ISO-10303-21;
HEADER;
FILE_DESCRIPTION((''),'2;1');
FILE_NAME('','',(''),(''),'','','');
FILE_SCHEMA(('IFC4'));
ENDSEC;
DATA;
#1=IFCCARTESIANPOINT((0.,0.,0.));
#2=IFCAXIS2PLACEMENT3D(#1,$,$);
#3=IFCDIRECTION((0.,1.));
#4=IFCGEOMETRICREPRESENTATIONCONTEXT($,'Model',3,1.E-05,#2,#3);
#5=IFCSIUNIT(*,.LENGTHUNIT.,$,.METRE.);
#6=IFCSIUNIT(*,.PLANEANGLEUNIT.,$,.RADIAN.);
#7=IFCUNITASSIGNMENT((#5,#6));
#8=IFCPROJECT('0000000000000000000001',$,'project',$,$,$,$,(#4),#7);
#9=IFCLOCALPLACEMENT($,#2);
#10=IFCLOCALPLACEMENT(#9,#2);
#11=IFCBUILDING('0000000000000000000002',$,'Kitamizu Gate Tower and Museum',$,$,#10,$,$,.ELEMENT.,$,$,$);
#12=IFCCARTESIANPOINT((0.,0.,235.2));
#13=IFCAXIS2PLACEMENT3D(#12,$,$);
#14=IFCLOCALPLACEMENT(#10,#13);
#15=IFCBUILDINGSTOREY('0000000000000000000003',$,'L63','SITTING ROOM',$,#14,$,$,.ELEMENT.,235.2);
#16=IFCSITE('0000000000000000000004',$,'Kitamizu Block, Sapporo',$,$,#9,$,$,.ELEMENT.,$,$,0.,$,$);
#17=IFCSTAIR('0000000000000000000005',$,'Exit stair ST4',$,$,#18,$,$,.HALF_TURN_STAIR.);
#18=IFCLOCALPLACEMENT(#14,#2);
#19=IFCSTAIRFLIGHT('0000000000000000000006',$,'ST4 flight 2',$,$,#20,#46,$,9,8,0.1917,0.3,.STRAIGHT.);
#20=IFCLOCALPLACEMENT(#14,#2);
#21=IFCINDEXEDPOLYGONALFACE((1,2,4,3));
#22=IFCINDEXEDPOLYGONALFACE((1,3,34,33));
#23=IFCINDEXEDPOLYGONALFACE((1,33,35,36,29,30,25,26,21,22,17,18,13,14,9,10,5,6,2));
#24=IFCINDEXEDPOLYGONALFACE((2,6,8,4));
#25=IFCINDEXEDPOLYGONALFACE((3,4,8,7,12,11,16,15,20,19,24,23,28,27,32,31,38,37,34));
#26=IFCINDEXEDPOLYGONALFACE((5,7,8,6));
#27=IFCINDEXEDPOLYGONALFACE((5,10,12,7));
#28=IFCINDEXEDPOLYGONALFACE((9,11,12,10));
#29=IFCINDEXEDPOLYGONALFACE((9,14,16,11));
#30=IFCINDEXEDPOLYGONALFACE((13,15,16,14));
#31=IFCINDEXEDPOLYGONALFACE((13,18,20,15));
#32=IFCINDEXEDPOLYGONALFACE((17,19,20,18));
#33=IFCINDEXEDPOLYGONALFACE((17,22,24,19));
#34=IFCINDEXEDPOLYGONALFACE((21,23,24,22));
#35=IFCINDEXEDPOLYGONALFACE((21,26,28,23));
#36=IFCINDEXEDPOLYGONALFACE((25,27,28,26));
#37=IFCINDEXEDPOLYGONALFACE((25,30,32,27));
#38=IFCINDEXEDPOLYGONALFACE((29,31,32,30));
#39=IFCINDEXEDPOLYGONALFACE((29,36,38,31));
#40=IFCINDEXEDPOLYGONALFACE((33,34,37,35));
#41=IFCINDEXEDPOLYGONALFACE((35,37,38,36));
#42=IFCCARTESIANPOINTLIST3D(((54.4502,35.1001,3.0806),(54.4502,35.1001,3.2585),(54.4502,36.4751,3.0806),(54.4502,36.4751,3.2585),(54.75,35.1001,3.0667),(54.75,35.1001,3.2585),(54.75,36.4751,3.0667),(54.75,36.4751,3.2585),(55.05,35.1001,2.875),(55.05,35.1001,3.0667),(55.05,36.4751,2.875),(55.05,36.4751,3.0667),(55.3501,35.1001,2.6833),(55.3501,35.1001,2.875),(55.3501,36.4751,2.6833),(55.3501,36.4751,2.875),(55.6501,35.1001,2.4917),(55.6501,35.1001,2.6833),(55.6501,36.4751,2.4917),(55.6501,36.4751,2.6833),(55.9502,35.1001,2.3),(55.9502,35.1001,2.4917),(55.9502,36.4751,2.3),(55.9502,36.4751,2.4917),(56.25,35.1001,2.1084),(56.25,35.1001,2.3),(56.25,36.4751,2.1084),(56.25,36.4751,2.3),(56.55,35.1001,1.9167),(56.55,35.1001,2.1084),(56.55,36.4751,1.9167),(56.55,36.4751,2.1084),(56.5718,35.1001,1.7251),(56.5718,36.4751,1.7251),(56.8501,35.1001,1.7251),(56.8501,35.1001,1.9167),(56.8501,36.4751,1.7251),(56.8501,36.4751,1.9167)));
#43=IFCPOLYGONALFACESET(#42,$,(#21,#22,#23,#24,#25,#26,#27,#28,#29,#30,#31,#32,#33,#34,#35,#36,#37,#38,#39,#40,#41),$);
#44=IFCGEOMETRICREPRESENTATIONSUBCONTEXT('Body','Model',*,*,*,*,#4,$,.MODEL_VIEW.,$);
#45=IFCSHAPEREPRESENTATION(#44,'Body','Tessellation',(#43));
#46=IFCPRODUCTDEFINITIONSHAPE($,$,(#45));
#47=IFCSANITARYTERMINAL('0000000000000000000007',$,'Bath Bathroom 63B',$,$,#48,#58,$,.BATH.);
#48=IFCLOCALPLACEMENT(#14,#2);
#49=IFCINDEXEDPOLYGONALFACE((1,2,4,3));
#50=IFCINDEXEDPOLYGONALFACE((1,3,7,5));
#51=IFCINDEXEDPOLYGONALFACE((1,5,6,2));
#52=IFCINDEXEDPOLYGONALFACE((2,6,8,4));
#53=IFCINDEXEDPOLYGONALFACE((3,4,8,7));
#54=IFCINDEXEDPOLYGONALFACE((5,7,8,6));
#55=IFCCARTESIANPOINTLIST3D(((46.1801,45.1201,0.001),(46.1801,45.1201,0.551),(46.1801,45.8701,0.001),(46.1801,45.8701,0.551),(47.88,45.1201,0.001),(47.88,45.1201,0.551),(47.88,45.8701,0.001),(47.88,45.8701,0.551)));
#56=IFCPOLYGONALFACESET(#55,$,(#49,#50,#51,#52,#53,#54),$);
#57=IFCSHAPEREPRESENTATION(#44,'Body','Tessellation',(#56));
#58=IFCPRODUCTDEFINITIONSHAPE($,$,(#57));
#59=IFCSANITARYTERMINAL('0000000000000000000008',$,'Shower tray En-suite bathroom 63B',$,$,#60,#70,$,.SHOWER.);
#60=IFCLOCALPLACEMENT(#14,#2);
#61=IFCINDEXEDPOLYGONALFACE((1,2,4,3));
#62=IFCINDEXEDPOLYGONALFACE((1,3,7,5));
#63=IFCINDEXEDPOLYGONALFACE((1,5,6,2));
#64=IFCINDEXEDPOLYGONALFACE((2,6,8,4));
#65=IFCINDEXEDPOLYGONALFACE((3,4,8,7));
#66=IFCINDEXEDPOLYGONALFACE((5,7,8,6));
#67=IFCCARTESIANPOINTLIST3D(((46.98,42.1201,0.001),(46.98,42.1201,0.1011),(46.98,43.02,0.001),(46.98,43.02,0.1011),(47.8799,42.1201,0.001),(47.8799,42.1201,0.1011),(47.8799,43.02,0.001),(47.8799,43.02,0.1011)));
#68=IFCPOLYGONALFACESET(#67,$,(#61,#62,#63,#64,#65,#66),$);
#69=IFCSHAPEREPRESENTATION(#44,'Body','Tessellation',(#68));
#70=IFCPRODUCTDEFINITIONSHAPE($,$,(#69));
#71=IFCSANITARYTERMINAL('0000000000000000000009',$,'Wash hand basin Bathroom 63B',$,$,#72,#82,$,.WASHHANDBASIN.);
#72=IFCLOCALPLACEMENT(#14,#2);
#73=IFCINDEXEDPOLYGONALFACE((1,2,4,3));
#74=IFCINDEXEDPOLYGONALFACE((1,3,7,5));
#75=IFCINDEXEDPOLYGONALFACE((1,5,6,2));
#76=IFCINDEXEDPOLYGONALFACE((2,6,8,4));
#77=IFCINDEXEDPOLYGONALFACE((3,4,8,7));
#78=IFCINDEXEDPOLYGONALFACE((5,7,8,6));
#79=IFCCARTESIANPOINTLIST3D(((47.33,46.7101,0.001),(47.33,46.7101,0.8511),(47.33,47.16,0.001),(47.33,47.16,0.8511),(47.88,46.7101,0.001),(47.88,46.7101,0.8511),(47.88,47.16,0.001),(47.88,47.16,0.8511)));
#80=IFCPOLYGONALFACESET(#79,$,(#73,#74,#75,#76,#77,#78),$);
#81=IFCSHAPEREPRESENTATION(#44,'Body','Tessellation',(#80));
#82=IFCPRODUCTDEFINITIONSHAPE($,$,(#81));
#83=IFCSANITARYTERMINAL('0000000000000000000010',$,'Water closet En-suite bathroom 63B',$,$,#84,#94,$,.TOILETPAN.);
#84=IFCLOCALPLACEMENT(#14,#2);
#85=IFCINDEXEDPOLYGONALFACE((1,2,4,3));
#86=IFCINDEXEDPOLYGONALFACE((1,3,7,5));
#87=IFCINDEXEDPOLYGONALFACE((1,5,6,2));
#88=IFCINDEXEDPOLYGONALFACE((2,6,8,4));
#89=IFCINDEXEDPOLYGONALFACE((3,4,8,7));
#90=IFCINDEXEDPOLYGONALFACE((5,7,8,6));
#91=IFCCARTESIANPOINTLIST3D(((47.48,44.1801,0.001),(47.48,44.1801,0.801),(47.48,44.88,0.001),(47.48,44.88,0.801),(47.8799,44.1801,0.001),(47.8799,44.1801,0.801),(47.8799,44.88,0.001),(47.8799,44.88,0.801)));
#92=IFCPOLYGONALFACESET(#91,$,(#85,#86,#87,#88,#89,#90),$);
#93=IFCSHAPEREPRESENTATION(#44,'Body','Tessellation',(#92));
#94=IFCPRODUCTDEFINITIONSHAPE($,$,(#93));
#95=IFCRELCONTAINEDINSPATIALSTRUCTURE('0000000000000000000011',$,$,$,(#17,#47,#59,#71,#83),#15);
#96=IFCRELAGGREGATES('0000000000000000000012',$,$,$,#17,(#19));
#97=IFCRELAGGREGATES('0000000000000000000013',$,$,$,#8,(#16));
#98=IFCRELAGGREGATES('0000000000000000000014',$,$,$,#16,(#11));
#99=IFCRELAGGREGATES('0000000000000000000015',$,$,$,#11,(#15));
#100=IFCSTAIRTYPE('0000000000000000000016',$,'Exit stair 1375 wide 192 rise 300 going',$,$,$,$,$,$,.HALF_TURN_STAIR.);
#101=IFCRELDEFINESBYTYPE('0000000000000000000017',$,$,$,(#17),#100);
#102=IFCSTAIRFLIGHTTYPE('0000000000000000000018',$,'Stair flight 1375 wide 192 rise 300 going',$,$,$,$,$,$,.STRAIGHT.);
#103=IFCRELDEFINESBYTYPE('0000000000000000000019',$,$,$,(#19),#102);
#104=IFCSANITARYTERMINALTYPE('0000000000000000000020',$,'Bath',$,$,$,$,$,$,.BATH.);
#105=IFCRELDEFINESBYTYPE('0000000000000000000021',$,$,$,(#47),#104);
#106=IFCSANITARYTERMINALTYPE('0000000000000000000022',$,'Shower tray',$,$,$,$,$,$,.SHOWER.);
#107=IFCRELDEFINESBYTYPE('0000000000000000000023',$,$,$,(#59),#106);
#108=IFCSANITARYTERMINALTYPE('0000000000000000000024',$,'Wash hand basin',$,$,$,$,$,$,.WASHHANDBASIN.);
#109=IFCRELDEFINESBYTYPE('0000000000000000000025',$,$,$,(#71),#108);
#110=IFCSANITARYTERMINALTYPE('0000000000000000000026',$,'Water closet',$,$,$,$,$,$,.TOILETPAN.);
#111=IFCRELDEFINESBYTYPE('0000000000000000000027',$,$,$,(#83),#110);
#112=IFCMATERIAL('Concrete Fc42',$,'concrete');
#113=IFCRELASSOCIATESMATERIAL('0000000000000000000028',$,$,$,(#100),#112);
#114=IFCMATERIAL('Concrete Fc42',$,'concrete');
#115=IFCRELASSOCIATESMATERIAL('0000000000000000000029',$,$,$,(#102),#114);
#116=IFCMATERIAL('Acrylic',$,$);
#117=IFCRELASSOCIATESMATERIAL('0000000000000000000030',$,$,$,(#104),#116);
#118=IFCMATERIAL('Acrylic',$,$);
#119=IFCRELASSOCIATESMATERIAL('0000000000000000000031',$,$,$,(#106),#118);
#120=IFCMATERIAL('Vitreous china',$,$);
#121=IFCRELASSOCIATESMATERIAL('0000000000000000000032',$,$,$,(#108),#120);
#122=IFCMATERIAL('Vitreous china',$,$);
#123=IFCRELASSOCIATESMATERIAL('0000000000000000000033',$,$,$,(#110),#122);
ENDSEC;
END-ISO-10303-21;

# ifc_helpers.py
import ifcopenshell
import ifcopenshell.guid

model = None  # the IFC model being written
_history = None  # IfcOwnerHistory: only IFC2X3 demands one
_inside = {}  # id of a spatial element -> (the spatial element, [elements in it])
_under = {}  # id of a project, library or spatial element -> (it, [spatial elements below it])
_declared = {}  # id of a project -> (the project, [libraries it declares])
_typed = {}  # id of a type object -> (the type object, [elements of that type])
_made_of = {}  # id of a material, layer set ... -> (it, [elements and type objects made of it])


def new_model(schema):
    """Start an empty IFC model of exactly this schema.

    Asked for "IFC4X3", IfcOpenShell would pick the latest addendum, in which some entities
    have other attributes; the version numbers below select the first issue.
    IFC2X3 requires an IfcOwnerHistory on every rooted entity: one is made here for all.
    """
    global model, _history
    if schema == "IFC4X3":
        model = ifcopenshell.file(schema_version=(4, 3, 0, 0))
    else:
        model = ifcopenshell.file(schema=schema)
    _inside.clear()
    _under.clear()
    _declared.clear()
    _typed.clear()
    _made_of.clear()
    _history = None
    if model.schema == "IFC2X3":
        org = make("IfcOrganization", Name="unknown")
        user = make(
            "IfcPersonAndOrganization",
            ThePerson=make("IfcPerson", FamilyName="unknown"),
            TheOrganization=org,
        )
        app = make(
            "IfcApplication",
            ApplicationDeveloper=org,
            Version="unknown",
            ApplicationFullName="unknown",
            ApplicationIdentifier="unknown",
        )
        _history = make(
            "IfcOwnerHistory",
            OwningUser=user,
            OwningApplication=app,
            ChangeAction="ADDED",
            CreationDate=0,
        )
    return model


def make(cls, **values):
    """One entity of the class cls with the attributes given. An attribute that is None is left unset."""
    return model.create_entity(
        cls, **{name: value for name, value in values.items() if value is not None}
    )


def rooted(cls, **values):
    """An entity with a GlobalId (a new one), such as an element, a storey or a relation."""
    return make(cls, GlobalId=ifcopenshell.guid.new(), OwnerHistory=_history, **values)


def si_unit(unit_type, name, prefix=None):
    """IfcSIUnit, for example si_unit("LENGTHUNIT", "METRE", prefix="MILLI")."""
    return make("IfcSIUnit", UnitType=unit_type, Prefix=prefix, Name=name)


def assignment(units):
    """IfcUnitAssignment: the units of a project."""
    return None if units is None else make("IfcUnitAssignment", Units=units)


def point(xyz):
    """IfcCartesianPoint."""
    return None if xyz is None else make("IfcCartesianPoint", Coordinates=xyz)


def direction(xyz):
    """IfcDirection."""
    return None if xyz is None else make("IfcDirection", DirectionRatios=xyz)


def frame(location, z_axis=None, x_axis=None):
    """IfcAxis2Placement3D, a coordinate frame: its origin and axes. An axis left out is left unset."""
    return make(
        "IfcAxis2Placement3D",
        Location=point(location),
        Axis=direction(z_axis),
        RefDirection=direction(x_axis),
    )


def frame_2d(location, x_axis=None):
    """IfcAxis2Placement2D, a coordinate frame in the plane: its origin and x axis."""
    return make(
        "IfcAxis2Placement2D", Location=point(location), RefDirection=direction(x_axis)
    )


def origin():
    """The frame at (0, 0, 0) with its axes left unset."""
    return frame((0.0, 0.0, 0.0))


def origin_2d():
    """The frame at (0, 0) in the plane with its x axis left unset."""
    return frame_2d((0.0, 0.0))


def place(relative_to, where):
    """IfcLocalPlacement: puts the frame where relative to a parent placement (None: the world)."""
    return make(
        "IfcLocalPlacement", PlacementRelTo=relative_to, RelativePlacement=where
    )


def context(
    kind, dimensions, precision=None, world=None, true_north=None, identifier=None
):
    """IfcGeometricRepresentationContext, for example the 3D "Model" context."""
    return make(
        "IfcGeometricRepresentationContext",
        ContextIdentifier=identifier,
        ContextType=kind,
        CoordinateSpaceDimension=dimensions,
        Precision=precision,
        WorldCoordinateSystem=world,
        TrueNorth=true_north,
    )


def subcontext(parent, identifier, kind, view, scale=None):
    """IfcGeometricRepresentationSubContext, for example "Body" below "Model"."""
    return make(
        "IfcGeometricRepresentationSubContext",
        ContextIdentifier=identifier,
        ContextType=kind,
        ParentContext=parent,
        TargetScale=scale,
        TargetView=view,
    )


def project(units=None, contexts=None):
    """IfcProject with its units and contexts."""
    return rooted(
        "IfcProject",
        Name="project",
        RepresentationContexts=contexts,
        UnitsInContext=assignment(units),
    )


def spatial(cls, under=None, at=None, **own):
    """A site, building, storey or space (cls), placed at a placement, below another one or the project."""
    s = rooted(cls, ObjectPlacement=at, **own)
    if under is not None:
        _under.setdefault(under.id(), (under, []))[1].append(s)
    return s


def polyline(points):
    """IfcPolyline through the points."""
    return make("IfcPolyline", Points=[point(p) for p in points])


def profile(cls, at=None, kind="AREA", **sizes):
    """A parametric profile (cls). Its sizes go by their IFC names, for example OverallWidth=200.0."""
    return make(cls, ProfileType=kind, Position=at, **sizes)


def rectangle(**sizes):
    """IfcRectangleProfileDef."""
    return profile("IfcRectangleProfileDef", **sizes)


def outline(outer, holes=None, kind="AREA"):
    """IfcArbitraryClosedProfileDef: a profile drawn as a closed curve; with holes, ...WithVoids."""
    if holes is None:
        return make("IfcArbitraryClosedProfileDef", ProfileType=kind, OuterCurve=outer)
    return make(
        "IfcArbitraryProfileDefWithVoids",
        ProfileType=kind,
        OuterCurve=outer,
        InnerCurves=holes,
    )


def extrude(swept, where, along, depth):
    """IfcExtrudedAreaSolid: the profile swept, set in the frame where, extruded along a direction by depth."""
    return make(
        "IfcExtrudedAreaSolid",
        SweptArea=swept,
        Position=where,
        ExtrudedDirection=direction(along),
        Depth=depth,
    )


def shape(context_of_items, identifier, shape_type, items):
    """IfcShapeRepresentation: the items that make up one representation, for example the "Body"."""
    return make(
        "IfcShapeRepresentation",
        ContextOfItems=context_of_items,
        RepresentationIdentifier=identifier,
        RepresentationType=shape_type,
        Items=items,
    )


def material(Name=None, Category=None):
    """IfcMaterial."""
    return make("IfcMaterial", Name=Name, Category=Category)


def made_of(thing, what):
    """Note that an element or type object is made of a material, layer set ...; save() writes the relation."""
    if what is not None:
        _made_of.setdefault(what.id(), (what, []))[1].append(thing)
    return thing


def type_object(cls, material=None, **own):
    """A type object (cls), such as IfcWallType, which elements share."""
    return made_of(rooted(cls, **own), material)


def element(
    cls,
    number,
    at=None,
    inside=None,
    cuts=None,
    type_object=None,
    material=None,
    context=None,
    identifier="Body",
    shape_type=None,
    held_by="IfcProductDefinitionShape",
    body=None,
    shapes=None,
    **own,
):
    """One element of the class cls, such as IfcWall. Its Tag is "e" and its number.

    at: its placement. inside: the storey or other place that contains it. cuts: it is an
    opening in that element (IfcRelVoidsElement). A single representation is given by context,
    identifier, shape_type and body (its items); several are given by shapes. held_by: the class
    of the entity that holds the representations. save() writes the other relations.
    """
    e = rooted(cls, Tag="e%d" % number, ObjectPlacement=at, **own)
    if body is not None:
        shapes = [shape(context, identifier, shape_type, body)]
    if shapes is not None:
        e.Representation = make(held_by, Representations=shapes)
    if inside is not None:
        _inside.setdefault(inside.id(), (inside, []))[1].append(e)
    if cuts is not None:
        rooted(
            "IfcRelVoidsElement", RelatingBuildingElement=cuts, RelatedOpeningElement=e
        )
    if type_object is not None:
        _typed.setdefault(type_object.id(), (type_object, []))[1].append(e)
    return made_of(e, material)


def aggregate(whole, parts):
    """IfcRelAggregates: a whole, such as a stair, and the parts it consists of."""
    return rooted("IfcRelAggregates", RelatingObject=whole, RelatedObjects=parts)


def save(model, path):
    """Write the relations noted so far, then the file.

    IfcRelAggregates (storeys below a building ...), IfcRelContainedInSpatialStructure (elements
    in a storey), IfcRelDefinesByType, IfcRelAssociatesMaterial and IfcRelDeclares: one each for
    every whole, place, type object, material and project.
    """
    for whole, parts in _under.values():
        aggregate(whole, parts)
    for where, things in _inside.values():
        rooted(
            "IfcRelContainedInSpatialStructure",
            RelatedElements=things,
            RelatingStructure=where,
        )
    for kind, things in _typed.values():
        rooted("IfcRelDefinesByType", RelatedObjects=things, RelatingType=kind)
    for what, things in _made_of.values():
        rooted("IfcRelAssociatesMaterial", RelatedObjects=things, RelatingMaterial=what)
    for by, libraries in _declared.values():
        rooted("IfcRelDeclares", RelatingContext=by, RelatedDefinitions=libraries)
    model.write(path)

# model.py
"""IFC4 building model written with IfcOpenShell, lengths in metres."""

from ifc_helpers import new_model, si_unit, direction, frame, origin, origin_2d, place, context, subcontext, project, spatial, polyline, rectangle, outline, extrude, material, type_object, element, aggregate, save


model = new_model("IFC4")

# Units and contexts
model_context = context("Model", 3, precision=1e-05, world=origin(), true_north=direction((0.0, 1.0)))
body_context = subcontext(model_context, "Body", "Model", "MODEL_VIEW")
ifc_project = project(units=[si_unit("LENGTHUNIT", "METRE"), si_unit("PLANEANGLEUNIT", "RADIAN")], contexts=[model_context])

# Site, building, storey
site_placement = place(None, origin())
site = spatial("IfcSite", under=ifc_project, at=site_placement, Name="Kitamizu Block, Sapporo", CompositionType="ELEMENT", RefElevation=0.0)
building_placement = place(site_placement, origin())
building = spatial("IfcBuilding", under=site, at=building_placement, Name="Kitamizu Gate Tower and Museum", CompositionType="ELEMENT")
storey_placement = place(building_placement, frame((0.0, 0.0, 235.2)))
storey = spatial("IfcBuildingStorey", under=building, at=storey_placement, Name="L63", Description="SITTING ROOM", CompositionType="ELEMENT", Elevation=235.2)

# Stair, stair flight
ifc_material_1 = material(Name="Concrete Fc42", Category="concrete")
stair_type = type_object("IfcStairType", Name="Exit stair 1375 wide 192 rise 300 going", PredefinedType="HALF_TURN_STAIR", material=ifc_material_1)
stair_placement = place(storey_placement, origin())
stair = element("IfcStair", 1, at=stair_placement, inside=storey, type_object=stair_type, Name="Exit stair ST4", PredefinedType="HALF_TURN_STAIR")
ifc_material_2 = material(Name="Concrete Fc42", Category="concrete")
stair_flight_type = type_object("IfcStairFlightType", Name="Stair flight 1375 wide 192 rise 300 going", PredefinedType="STRAIGHT", material=ifc_material_2)
stair_flight_1_placement = place(storey_placement, frame((56.8501, 35.7876, 1.7251), z_axis=(0.0, 0.0, 1.0), x_axis=(-1.0, 0.0, 0.0)))
stair_flight_1 = element("IfcStairFlight", 2, at=stair_flight_1_placement, type_object=stair_flight_type, Name="ST4 flight 2", NumberOfRisers=9, NumberOfTreads=8, PredefinedType="STRAIGHT", RiserHeight=0.1917, TreadLength=0.3, context=body_context, shape_type="SweptSolid", body=[
    extrude(outline(polyline([(0.0, 0.0), (0.0, 0.1917), (0.3, 0.1917), (0.3, 0.3833), (0.6001, 0.3833), (0.6001, 0.575), (0.8999, 0.575), (0.8999, 0.7666), (1.2, 0.7666), (1.2, 0.9583), (1.5, 0.9583), (1.5, 1.1499), (1.8, 1.1499), (1.8, 1.3416), (2.1001, 1.3416), (2.1001, 1.5334), (2.3999, 1.5334), (2.3999, 1.7251), (2.3999, 1.3555), (0.2783, 0.0), (0.0, 0.0)])), frame((0.0, 0.6875, 0.0), z_axis=(0.0, -1.0, 0.0), x_axis=(1.0, 0.0, 0.0)), (0.0, 0.0, 1.0), 1.375),
])
aggregate(stair, [stair_flight_1])

# Sanitary terminals
ifc_material_3 = material(Name="Acrylic")
sanitary_terminal_type_1 = type_object("IfcSanitaryTerminalType", Name="Bath", PredefinedType="BATH", material=ifc_material_3)
sanitary_terminal_1_placement = place(storey_placement, frame((47.03, 45.4951, 0.001), z_axis=(0.0, 0.0, 1.0), x_axis=(1.0, 0.0, 0.0)))
element("IfcSanitaryTerminal", 3, at=sanitary_terminal_1_placement, inside=storey, type_object=sanitary_terminal_type_1, Name="Bath Bathroom 63B", PredefinedType="BATH", context=body_context, shape_type="SweptSolid", body=[
    extrude(rectangle(XDim=1.7, YDim=0.75, at=origin_2d()), origin(), (0.0, 0.0, 1.0), 0.55),
])
ifc_material_4 = material(Name="Acrylic")
sanitary_terminal_type_2 = type_object("IfcSanitaryTerminalType", Name="Shower tray", PredefinedType="SHOWER", material=ifc_material_4)
sanitary_terminal_2_placement = place(storey_placement, frame((47.4299, 42.5701, 0.001), z_axis=(0.0, 0.0, 1.0), x_axis=(1.0, 0.0, 0.0)))
element("IfcSanitaryTerminal", 4, at=sanitary_terminal_2_placement, inside=storey, type_object=sanitary_terminal_type_2, Name="Shower tray En-suite bathroom 63B", PredefinedType="SHOWER", context=body_context, shape_type="SweptSolid", body=[
    extrude(rectangle(XDim=0.8999, YDim=0.8999, at=origin_2d()), origin(), (0.0, 0.0, 1.0), 0.1001),
])
ifc_material_5 = material(Name="Vitreous china")
sanitary_terminal_type_3 = type_object("IfcSanitaryTerminalType", Name="Wash hand basin", PredefinedType="WASHHANDBASIN", material=ifc_material_5)
sanitary_terminal_3_placement = place(storey_placement, frame((47.605, 46.9351, 0.001), z_axis=(0.0, 0.0, 1.0), x_axis=(1.0, 0.0, 0.0)))
element("IfcSanitaryTerminal", 5, at=sanitary_terminal_3_placement, inside=storey, type_object=sanitary_terminal_type_3, Name="Wash hand basin Bathroom 63B", PredefinedType="WASHHANDBASIN", context=body_context, shape_type="SweptSolid", body=[
    extrude(rectangle(XDim=0.55, YDim=0.45, at=origin_2d()), origin(), (0.0, 0.0, 1.0), 0.8501),
])
ifc_material_6 = material(Name="Vitreous china")
sanitary_terminal_type_4 = type_object("IfcSanitaryTerminalType", Name="Water closet", PredefinedType="TOILETPAN", material=ifc_material_6)
sanitary_terminal_4_placement = place(storey_placement, frame((47.6799, 44.53, 0.001), z_axis=(0.0, 0.0, 1.0), x_axis=(1.0, 0.0, 0.0)))
element("IfcSanitaryTerminal", 6, at=sanitary_terminal_4_placement, inside=storey, type_object=sanitary_terminal_type_4, Name="Water closet En-suite bathroom 63B", PredefinedType="TOILETPAN", context=body_context, shape_type="SweptSolid", body=[
    extrude(rectangle(XDim=0.3999, YDim=0.7, at=origin_2d()), origin(), (0.0, 0.0, 1.0), 0.8),
])

save(model, "model.ifc")
